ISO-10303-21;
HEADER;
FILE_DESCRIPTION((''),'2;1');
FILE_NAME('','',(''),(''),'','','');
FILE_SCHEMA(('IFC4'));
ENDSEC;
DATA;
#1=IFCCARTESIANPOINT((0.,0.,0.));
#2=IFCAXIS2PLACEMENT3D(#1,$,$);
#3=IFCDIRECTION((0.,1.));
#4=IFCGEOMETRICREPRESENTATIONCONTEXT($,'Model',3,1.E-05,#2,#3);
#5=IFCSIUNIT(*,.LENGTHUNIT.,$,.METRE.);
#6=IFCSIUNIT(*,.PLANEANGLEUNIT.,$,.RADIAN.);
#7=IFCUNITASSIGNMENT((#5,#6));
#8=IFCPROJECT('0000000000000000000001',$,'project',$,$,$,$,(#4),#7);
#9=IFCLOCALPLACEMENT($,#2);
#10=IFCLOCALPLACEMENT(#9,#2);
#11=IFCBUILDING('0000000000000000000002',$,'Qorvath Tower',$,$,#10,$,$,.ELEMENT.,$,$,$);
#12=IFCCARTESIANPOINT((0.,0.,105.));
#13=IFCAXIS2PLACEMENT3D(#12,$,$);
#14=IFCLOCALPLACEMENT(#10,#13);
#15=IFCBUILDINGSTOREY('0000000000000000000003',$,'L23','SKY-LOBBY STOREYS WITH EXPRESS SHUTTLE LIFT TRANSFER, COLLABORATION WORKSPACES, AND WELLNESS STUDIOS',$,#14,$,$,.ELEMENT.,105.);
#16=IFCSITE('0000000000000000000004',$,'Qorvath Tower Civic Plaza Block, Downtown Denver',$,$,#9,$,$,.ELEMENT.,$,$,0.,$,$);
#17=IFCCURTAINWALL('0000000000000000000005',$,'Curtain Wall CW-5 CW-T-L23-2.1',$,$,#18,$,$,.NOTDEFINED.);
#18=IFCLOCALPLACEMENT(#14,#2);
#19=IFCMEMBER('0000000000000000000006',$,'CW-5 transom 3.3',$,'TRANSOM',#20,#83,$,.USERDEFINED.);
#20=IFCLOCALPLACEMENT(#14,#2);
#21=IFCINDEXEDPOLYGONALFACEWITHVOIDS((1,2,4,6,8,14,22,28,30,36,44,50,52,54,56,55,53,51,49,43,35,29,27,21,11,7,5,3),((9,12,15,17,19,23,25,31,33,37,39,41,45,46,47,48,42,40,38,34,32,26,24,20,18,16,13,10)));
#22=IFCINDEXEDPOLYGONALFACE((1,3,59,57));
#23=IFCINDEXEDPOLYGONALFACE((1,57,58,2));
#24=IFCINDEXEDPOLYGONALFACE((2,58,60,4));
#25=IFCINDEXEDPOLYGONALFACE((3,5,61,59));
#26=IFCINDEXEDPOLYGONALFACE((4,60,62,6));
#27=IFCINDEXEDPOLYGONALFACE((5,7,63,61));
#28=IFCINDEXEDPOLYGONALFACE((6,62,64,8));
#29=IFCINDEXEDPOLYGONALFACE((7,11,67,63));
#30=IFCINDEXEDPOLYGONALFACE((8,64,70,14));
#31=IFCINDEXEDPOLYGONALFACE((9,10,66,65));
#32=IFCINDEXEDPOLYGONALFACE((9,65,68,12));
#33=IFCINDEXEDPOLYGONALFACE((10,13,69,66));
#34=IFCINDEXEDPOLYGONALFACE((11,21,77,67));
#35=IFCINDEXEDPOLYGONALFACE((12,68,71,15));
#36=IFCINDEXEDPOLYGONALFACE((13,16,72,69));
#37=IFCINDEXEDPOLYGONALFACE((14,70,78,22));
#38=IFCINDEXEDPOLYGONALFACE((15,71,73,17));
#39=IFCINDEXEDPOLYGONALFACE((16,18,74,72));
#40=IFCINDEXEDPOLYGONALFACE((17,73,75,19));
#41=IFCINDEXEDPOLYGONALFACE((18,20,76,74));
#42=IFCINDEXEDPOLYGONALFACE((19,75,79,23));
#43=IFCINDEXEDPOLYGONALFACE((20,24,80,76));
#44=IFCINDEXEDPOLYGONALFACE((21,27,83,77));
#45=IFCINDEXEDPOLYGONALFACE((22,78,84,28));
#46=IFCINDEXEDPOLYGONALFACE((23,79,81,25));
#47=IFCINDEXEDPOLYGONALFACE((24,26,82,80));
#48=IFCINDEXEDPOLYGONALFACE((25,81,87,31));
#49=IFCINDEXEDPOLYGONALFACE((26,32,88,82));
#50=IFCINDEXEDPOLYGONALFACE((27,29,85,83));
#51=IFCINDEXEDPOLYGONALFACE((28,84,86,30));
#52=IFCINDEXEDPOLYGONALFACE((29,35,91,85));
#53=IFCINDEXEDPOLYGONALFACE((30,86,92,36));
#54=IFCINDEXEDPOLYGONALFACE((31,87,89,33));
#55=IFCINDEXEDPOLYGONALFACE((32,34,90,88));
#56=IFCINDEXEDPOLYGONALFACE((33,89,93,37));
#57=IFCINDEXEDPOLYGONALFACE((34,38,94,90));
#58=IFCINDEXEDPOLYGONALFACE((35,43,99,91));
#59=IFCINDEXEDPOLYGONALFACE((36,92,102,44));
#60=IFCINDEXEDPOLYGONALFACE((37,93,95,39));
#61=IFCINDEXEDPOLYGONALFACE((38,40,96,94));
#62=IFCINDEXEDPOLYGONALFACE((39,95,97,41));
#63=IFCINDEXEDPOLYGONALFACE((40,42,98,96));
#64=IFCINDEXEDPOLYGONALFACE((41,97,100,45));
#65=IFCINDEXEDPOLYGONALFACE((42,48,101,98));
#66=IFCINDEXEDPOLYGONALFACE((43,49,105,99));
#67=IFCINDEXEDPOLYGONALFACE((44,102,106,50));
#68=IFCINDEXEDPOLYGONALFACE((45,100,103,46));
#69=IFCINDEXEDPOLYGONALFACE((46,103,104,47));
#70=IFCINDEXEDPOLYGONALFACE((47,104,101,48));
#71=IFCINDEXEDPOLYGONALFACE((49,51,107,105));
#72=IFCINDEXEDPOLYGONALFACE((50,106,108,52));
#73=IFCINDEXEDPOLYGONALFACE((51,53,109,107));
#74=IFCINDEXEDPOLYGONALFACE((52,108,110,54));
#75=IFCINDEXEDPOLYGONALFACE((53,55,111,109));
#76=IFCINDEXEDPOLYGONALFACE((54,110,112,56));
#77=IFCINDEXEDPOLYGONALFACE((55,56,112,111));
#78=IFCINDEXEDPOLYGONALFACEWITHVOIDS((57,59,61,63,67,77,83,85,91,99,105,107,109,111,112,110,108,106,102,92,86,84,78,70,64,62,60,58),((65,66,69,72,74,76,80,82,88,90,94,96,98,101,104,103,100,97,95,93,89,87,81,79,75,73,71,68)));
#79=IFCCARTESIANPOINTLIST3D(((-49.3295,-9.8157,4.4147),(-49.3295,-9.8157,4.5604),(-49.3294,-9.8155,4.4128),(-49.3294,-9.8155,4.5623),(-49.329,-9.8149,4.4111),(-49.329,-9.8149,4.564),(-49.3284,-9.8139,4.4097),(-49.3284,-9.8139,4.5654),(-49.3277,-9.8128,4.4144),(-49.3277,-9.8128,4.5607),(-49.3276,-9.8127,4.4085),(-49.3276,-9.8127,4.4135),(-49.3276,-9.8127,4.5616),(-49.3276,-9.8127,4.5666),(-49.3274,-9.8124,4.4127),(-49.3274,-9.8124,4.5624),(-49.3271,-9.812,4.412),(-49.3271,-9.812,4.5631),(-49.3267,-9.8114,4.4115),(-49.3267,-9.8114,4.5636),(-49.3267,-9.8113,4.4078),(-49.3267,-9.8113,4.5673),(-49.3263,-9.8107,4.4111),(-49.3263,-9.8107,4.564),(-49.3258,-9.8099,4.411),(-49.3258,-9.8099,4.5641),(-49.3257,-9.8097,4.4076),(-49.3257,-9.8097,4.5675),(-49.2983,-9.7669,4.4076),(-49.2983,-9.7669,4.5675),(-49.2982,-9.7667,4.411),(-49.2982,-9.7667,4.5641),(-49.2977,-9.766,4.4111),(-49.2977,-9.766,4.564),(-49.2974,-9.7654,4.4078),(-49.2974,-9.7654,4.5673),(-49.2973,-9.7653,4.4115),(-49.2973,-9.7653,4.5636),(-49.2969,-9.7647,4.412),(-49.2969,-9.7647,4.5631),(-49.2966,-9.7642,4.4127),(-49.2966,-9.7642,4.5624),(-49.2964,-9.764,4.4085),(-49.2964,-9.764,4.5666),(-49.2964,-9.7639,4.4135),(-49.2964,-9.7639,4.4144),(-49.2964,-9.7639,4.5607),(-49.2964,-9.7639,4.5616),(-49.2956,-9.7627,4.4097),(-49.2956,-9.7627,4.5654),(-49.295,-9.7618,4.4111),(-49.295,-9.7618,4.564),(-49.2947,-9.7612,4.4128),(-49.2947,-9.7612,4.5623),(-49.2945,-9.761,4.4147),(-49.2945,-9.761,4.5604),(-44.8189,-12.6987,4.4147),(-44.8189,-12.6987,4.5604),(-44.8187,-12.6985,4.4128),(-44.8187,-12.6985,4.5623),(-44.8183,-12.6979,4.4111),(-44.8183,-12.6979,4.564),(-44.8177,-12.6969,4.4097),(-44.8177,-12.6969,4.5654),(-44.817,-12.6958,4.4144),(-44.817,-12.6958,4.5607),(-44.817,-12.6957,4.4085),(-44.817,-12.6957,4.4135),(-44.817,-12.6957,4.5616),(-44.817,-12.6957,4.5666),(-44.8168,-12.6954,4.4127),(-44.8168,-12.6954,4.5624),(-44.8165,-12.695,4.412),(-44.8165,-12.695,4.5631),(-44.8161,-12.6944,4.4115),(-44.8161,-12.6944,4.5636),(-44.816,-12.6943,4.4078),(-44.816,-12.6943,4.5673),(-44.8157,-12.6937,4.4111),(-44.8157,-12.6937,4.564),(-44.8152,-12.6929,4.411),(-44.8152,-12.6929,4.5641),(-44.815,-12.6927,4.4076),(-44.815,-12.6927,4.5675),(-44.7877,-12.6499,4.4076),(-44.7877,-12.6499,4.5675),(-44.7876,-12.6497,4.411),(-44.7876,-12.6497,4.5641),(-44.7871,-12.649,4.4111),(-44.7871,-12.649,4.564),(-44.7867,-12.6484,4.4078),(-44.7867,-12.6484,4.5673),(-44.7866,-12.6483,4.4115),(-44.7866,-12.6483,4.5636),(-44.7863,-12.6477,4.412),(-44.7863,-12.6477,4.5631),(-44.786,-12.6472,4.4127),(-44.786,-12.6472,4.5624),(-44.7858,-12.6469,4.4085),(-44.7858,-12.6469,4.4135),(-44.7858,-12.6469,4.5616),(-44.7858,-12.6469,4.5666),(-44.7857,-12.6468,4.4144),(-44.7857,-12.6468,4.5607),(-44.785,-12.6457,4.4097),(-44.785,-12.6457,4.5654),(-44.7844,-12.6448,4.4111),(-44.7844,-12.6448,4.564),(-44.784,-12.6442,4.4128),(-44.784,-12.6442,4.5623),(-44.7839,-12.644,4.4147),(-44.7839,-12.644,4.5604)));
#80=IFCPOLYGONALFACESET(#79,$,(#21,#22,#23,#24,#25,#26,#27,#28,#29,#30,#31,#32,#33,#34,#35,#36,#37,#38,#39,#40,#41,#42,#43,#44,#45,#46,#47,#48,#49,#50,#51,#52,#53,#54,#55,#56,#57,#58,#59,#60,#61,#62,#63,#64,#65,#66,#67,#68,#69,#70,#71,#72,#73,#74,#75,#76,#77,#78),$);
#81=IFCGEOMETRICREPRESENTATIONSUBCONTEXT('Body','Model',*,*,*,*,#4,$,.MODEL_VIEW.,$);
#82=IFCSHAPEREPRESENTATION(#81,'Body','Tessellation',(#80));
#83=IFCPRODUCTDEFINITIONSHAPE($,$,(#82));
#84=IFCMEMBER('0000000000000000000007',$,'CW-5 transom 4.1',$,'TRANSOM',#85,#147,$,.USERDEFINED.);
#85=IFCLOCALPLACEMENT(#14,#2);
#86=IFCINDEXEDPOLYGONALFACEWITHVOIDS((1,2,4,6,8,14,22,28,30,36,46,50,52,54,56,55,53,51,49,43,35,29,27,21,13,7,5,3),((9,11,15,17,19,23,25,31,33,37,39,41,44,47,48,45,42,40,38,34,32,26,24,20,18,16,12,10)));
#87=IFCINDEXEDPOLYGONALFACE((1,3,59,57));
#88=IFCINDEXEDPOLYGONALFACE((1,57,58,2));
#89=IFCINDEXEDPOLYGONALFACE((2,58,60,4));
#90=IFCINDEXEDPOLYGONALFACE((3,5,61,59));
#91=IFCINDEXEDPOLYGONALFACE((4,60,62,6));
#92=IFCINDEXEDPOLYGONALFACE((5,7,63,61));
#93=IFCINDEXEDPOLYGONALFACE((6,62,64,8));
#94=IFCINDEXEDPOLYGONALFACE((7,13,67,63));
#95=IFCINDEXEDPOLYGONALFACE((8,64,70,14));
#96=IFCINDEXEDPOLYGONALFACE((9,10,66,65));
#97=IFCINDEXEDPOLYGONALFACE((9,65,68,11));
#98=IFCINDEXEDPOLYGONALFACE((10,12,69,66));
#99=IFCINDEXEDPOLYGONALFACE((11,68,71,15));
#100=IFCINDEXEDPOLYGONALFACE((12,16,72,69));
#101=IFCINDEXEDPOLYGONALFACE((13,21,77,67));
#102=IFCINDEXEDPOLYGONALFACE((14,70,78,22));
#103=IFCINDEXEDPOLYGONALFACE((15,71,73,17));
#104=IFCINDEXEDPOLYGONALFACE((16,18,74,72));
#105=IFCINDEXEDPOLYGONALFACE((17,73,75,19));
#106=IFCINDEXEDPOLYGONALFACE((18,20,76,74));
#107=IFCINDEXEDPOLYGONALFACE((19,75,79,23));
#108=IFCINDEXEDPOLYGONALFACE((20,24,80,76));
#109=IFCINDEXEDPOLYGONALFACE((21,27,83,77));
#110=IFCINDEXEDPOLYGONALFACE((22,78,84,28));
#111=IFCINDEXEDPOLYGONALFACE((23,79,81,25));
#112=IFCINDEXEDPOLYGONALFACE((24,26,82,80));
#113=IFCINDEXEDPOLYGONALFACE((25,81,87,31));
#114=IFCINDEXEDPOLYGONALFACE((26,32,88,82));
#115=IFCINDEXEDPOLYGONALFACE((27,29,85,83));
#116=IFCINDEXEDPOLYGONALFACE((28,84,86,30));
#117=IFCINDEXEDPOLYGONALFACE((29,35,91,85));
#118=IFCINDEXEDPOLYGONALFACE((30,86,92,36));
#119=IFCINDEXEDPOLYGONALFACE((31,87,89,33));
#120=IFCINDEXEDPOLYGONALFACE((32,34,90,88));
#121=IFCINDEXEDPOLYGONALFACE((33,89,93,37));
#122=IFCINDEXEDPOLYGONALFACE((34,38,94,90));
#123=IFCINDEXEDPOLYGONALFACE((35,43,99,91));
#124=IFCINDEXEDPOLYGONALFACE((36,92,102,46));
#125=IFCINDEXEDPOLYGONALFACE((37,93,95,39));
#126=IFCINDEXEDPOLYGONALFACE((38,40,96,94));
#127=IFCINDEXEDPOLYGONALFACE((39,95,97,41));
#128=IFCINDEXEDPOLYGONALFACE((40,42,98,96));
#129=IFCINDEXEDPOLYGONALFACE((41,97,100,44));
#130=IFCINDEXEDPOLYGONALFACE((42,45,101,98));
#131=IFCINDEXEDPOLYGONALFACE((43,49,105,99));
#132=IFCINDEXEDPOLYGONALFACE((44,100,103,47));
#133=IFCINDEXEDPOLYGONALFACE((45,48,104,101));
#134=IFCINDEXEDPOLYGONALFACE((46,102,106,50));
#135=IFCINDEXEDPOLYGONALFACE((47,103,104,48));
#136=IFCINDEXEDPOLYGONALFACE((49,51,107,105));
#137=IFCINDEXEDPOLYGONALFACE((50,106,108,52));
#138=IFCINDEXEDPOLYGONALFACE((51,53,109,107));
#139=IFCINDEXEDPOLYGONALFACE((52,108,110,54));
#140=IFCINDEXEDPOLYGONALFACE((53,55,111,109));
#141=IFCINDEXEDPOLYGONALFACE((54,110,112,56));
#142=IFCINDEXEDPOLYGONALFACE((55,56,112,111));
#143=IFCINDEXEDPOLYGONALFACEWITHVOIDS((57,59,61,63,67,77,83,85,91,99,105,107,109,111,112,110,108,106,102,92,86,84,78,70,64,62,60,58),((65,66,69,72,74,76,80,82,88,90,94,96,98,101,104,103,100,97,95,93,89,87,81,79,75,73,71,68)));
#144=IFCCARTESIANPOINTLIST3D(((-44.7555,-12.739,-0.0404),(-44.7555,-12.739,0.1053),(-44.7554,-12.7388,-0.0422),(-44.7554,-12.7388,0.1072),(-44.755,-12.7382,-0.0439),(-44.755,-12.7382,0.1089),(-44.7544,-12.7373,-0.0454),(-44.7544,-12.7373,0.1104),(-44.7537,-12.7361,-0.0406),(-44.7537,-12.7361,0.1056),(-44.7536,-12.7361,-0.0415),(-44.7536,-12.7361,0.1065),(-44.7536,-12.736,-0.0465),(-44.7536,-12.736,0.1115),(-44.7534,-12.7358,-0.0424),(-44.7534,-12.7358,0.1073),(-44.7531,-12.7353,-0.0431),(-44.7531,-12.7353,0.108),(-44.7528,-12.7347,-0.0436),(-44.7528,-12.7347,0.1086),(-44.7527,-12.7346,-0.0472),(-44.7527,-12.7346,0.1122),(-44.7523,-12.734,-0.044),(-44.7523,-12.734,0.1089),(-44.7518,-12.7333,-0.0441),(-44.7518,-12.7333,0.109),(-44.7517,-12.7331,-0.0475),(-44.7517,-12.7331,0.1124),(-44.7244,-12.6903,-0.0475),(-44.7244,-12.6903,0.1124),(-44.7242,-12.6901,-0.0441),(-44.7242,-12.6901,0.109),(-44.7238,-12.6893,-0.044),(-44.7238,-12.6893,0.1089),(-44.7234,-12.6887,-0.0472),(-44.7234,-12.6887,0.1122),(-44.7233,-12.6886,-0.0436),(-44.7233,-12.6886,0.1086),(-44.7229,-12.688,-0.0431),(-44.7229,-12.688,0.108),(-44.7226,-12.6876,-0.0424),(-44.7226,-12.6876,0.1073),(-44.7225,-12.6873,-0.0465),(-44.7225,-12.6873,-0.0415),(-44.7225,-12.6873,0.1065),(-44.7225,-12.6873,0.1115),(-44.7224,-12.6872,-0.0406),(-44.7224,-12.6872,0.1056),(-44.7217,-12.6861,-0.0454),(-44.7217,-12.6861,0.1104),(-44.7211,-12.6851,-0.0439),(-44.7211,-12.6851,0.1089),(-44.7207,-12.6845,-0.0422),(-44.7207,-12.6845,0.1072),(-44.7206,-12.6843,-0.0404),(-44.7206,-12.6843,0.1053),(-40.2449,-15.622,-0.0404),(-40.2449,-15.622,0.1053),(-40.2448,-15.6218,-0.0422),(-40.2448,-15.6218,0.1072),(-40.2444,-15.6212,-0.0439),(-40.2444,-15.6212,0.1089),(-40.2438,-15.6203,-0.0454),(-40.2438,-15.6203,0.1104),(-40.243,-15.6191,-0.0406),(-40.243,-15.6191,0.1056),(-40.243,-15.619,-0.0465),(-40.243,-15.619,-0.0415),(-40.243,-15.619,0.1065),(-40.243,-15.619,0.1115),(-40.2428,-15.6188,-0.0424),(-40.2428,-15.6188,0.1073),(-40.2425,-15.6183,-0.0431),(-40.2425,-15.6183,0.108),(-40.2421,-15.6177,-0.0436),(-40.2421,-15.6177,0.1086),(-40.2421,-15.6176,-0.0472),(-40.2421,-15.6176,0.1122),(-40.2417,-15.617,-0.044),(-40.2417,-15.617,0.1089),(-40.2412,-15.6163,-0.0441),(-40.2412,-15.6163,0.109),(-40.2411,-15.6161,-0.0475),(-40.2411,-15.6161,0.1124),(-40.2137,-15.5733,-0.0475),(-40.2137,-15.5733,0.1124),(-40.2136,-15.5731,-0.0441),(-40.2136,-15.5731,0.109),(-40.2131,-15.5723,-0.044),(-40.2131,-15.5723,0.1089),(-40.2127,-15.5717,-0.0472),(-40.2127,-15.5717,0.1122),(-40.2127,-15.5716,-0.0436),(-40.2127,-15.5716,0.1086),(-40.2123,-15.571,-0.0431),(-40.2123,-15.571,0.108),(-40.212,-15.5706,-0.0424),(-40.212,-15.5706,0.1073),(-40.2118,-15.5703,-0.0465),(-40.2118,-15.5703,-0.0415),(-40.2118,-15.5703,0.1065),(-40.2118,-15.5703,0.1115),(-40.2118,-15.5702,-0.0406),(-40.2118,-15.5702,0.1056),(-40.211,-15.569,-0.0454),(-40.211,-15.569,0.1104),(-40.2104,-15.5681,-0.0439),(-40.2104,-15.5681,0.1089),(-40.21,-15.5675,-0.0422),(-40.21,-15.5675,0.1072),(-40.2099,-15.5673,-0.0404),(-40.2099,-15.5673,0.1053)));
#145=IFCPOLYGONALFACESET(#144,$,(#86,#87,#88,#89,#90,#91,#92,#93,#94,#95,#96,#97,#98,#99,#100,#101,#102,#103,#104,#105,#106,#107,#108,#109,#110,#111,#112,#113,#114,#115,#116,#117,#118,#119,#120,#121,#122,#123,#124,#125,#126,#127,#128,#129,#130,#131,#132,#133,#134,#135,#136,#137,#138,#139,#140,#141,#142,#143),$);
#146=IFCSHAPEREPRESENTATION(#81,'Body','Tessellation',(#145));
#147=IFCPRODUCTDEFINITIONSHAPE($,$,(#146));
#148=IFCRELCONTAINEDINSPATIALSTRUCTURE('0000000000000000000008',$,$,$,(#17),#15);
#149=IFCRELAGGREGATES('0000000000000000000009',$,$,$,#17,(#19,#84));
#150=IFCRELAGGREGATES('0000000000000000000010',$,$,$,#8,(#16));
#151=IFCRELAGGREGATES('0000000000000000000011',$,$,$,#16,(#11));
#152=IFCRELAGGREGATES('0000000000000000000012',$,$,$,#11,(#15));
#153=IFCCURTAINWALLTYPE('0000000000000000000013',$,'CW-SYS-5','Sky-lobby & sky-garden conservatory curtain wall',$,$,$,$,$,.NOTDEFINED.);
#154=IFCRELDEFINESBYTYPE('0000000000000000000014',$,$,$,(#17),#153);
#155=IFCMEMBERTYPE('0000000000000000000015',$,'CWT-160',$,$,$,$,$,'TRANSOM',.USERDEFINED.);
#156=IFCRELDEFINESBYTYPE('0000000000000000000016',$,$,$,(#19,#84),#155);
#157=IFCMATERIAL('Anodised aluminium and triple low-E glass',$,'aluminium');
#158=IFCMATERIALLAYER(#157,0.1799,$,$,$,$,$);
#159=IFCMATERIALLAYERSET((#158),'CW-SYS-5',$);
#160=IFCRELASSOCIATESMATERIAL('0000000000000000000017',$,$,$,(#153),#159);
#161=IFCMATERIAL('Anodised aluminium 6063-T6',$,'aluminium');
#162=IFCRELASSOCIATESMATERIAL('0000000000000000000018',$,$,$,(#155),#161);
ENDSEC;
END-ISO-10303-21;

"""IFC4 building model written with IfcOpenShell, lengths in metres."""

from ifc_helpers import new_model, si_unit, direction, frame, origin, origin_2d, place, context, subcontext, project, spatial, hollow_rectangle, extrude, material, layer, layer_set, material_profile, profile_set, type_object, element, aggregate, save


model = new_model("IFC4")

# Units and contexts
model_context = context("Model", 3, precision=1e-05, world=origin(), true_north=direction((0.0, 1.0)))
body_context = subcontext(model_context, "Body", "Model", "MODEL_VIEW")
ifc_project = project(units=[si_unit("LENGTHUNIT", "METRE"), si_unit("PLANEANGLEUNIT", "RADIAN")], contexts=[model_context])

# Site, building, storey
site_placement = place(None, origin())
site = spatial("IfcSite", under=ifc_project, at=site_placement, Name="Qorvath Tower Civic Plaza Block, Downtown Denver", CompositionType="ELEMENT", RefElevation=0.0)
building_placement = place(site_placement, origin())
building = spatial("IfcBuilding", under=site, at=building_placement, Name="Qorvath Tower", CompositionType="ELEMENT")
storey_placement = place(building_placement, frame((0.0, 0.0, 105.0)))
storey = spatial("IfcBuildingStorey", under=building, at=storey_placement, Name="L23", Description="SKY-LOBBY STOREYS WITH EXPRESS SHUTTLE LIFT TRANSFER, COLLABORATION WORKSPACES, AND WELLNESS STUDIOS", CompositionType="ELEMENT", Elevation=105.0)

# Curtain wall, members
ifc_material_1 = material(Name="Anodised aluminium and triple low-E glass", Category="aluminium")
ifc_layer_1 = layer(ifc_material_1, 0.1799)
ifc_layer_set_1 = layer_set([ifc_layer_1], Name="CW-SYS-5")
curtain_wall_type = type_object("IfcCurtainWallType", Name="CW-SYS-5", Description="Sky-lobby & sky-garden conservatory curtain wall", PredefinedType="NOTDEFINED", material=ifc_layer_set_1)
curtain_wall_placement = place(storey_placement, origin())
curtain_wall = element("IfcCurtainWall", 1, at=curtain_wall_placement, inside=storey, type_object=curtain_wall_type, Name="Curtain Wall CW-5 CW-T-L23-2.1", PredefinedType="NOTDEFINED")
ifc_material_2 = material(Name="Anodised aluminium 6063-T6", Category="aluminium")
ifc_material_profile_1 = material_profile(ifc_material_2, hollow_rectangle(XDim=0.0649, YDim=0.1599, WallThickness=0.0034, InnerFilletRadius=0.0034, OuterFilletRadius=0.0071, at=origin_2d()), Name="CWT 160x65")
ifc_profile_set_1 = profile_set([ifc_material_profile_1], Name="Anodised aluminium 6063-T6")
member_type_1 = type_object("IfcMemberType", Name="CWT-160", ElementType="TRANSOM", PredefinedType="USERDEFINED", material=ifc_profile_set_1)
member_1_placement = place(storey_placement, frame((-49.312, -9.7883, 4.4875), z_axis=(0.842595, -0.538548, 0.0), x_axis=(0.538548, 0.842595, 0.0)))
member_1 = element("IfcMember", 2, at=member_1_placement, type_object=member_type_1, Name="CW-5 transom 3.3", ObjectType="TRANSOM", PredefinedType="USERDEFINED", context=body_context, shape_type="SweptSolid", body=[
    extrude(hollow_rectangle(XDim=0.0649, YDim=0.1599, WallThickness=0.0034, InnerFilletRadius=0.0034, OuterFilletRadius=0.0071, at=origin_2d()), origin(), (0.0, 0.0, 1.0), 5.3533),
])
member_2_placement = place(storey_placement, frame((-44.738, -12.7117, 0.0325), z_axis=(0.842595, -0.538548, 0.0), x_axis=(0.538548, 0.842595, 0.0)))
member_2 = element("IfcMember", 3, at=member_2_placement, type_object=member_type_1, Name="CW-5 transom 4.1", ObjectType="TRANSOM", PredefinedType="USERDEFINED", context=body_context, shape_type="SweptSolid", body=[
    extrude(hollow_rectangle(XDim=0.0649, YDim=0.1599, WallThickness=0.0034, InnerFilletRadius=0.0034, OuterFilletRadius=0.0071, at=origin_2d()), origin(), (0.0, 0.0, 1.0), 5.3533),
])
aggregate(curtain_wall, [member_1, member_2])

save(model, "model.ifc")
